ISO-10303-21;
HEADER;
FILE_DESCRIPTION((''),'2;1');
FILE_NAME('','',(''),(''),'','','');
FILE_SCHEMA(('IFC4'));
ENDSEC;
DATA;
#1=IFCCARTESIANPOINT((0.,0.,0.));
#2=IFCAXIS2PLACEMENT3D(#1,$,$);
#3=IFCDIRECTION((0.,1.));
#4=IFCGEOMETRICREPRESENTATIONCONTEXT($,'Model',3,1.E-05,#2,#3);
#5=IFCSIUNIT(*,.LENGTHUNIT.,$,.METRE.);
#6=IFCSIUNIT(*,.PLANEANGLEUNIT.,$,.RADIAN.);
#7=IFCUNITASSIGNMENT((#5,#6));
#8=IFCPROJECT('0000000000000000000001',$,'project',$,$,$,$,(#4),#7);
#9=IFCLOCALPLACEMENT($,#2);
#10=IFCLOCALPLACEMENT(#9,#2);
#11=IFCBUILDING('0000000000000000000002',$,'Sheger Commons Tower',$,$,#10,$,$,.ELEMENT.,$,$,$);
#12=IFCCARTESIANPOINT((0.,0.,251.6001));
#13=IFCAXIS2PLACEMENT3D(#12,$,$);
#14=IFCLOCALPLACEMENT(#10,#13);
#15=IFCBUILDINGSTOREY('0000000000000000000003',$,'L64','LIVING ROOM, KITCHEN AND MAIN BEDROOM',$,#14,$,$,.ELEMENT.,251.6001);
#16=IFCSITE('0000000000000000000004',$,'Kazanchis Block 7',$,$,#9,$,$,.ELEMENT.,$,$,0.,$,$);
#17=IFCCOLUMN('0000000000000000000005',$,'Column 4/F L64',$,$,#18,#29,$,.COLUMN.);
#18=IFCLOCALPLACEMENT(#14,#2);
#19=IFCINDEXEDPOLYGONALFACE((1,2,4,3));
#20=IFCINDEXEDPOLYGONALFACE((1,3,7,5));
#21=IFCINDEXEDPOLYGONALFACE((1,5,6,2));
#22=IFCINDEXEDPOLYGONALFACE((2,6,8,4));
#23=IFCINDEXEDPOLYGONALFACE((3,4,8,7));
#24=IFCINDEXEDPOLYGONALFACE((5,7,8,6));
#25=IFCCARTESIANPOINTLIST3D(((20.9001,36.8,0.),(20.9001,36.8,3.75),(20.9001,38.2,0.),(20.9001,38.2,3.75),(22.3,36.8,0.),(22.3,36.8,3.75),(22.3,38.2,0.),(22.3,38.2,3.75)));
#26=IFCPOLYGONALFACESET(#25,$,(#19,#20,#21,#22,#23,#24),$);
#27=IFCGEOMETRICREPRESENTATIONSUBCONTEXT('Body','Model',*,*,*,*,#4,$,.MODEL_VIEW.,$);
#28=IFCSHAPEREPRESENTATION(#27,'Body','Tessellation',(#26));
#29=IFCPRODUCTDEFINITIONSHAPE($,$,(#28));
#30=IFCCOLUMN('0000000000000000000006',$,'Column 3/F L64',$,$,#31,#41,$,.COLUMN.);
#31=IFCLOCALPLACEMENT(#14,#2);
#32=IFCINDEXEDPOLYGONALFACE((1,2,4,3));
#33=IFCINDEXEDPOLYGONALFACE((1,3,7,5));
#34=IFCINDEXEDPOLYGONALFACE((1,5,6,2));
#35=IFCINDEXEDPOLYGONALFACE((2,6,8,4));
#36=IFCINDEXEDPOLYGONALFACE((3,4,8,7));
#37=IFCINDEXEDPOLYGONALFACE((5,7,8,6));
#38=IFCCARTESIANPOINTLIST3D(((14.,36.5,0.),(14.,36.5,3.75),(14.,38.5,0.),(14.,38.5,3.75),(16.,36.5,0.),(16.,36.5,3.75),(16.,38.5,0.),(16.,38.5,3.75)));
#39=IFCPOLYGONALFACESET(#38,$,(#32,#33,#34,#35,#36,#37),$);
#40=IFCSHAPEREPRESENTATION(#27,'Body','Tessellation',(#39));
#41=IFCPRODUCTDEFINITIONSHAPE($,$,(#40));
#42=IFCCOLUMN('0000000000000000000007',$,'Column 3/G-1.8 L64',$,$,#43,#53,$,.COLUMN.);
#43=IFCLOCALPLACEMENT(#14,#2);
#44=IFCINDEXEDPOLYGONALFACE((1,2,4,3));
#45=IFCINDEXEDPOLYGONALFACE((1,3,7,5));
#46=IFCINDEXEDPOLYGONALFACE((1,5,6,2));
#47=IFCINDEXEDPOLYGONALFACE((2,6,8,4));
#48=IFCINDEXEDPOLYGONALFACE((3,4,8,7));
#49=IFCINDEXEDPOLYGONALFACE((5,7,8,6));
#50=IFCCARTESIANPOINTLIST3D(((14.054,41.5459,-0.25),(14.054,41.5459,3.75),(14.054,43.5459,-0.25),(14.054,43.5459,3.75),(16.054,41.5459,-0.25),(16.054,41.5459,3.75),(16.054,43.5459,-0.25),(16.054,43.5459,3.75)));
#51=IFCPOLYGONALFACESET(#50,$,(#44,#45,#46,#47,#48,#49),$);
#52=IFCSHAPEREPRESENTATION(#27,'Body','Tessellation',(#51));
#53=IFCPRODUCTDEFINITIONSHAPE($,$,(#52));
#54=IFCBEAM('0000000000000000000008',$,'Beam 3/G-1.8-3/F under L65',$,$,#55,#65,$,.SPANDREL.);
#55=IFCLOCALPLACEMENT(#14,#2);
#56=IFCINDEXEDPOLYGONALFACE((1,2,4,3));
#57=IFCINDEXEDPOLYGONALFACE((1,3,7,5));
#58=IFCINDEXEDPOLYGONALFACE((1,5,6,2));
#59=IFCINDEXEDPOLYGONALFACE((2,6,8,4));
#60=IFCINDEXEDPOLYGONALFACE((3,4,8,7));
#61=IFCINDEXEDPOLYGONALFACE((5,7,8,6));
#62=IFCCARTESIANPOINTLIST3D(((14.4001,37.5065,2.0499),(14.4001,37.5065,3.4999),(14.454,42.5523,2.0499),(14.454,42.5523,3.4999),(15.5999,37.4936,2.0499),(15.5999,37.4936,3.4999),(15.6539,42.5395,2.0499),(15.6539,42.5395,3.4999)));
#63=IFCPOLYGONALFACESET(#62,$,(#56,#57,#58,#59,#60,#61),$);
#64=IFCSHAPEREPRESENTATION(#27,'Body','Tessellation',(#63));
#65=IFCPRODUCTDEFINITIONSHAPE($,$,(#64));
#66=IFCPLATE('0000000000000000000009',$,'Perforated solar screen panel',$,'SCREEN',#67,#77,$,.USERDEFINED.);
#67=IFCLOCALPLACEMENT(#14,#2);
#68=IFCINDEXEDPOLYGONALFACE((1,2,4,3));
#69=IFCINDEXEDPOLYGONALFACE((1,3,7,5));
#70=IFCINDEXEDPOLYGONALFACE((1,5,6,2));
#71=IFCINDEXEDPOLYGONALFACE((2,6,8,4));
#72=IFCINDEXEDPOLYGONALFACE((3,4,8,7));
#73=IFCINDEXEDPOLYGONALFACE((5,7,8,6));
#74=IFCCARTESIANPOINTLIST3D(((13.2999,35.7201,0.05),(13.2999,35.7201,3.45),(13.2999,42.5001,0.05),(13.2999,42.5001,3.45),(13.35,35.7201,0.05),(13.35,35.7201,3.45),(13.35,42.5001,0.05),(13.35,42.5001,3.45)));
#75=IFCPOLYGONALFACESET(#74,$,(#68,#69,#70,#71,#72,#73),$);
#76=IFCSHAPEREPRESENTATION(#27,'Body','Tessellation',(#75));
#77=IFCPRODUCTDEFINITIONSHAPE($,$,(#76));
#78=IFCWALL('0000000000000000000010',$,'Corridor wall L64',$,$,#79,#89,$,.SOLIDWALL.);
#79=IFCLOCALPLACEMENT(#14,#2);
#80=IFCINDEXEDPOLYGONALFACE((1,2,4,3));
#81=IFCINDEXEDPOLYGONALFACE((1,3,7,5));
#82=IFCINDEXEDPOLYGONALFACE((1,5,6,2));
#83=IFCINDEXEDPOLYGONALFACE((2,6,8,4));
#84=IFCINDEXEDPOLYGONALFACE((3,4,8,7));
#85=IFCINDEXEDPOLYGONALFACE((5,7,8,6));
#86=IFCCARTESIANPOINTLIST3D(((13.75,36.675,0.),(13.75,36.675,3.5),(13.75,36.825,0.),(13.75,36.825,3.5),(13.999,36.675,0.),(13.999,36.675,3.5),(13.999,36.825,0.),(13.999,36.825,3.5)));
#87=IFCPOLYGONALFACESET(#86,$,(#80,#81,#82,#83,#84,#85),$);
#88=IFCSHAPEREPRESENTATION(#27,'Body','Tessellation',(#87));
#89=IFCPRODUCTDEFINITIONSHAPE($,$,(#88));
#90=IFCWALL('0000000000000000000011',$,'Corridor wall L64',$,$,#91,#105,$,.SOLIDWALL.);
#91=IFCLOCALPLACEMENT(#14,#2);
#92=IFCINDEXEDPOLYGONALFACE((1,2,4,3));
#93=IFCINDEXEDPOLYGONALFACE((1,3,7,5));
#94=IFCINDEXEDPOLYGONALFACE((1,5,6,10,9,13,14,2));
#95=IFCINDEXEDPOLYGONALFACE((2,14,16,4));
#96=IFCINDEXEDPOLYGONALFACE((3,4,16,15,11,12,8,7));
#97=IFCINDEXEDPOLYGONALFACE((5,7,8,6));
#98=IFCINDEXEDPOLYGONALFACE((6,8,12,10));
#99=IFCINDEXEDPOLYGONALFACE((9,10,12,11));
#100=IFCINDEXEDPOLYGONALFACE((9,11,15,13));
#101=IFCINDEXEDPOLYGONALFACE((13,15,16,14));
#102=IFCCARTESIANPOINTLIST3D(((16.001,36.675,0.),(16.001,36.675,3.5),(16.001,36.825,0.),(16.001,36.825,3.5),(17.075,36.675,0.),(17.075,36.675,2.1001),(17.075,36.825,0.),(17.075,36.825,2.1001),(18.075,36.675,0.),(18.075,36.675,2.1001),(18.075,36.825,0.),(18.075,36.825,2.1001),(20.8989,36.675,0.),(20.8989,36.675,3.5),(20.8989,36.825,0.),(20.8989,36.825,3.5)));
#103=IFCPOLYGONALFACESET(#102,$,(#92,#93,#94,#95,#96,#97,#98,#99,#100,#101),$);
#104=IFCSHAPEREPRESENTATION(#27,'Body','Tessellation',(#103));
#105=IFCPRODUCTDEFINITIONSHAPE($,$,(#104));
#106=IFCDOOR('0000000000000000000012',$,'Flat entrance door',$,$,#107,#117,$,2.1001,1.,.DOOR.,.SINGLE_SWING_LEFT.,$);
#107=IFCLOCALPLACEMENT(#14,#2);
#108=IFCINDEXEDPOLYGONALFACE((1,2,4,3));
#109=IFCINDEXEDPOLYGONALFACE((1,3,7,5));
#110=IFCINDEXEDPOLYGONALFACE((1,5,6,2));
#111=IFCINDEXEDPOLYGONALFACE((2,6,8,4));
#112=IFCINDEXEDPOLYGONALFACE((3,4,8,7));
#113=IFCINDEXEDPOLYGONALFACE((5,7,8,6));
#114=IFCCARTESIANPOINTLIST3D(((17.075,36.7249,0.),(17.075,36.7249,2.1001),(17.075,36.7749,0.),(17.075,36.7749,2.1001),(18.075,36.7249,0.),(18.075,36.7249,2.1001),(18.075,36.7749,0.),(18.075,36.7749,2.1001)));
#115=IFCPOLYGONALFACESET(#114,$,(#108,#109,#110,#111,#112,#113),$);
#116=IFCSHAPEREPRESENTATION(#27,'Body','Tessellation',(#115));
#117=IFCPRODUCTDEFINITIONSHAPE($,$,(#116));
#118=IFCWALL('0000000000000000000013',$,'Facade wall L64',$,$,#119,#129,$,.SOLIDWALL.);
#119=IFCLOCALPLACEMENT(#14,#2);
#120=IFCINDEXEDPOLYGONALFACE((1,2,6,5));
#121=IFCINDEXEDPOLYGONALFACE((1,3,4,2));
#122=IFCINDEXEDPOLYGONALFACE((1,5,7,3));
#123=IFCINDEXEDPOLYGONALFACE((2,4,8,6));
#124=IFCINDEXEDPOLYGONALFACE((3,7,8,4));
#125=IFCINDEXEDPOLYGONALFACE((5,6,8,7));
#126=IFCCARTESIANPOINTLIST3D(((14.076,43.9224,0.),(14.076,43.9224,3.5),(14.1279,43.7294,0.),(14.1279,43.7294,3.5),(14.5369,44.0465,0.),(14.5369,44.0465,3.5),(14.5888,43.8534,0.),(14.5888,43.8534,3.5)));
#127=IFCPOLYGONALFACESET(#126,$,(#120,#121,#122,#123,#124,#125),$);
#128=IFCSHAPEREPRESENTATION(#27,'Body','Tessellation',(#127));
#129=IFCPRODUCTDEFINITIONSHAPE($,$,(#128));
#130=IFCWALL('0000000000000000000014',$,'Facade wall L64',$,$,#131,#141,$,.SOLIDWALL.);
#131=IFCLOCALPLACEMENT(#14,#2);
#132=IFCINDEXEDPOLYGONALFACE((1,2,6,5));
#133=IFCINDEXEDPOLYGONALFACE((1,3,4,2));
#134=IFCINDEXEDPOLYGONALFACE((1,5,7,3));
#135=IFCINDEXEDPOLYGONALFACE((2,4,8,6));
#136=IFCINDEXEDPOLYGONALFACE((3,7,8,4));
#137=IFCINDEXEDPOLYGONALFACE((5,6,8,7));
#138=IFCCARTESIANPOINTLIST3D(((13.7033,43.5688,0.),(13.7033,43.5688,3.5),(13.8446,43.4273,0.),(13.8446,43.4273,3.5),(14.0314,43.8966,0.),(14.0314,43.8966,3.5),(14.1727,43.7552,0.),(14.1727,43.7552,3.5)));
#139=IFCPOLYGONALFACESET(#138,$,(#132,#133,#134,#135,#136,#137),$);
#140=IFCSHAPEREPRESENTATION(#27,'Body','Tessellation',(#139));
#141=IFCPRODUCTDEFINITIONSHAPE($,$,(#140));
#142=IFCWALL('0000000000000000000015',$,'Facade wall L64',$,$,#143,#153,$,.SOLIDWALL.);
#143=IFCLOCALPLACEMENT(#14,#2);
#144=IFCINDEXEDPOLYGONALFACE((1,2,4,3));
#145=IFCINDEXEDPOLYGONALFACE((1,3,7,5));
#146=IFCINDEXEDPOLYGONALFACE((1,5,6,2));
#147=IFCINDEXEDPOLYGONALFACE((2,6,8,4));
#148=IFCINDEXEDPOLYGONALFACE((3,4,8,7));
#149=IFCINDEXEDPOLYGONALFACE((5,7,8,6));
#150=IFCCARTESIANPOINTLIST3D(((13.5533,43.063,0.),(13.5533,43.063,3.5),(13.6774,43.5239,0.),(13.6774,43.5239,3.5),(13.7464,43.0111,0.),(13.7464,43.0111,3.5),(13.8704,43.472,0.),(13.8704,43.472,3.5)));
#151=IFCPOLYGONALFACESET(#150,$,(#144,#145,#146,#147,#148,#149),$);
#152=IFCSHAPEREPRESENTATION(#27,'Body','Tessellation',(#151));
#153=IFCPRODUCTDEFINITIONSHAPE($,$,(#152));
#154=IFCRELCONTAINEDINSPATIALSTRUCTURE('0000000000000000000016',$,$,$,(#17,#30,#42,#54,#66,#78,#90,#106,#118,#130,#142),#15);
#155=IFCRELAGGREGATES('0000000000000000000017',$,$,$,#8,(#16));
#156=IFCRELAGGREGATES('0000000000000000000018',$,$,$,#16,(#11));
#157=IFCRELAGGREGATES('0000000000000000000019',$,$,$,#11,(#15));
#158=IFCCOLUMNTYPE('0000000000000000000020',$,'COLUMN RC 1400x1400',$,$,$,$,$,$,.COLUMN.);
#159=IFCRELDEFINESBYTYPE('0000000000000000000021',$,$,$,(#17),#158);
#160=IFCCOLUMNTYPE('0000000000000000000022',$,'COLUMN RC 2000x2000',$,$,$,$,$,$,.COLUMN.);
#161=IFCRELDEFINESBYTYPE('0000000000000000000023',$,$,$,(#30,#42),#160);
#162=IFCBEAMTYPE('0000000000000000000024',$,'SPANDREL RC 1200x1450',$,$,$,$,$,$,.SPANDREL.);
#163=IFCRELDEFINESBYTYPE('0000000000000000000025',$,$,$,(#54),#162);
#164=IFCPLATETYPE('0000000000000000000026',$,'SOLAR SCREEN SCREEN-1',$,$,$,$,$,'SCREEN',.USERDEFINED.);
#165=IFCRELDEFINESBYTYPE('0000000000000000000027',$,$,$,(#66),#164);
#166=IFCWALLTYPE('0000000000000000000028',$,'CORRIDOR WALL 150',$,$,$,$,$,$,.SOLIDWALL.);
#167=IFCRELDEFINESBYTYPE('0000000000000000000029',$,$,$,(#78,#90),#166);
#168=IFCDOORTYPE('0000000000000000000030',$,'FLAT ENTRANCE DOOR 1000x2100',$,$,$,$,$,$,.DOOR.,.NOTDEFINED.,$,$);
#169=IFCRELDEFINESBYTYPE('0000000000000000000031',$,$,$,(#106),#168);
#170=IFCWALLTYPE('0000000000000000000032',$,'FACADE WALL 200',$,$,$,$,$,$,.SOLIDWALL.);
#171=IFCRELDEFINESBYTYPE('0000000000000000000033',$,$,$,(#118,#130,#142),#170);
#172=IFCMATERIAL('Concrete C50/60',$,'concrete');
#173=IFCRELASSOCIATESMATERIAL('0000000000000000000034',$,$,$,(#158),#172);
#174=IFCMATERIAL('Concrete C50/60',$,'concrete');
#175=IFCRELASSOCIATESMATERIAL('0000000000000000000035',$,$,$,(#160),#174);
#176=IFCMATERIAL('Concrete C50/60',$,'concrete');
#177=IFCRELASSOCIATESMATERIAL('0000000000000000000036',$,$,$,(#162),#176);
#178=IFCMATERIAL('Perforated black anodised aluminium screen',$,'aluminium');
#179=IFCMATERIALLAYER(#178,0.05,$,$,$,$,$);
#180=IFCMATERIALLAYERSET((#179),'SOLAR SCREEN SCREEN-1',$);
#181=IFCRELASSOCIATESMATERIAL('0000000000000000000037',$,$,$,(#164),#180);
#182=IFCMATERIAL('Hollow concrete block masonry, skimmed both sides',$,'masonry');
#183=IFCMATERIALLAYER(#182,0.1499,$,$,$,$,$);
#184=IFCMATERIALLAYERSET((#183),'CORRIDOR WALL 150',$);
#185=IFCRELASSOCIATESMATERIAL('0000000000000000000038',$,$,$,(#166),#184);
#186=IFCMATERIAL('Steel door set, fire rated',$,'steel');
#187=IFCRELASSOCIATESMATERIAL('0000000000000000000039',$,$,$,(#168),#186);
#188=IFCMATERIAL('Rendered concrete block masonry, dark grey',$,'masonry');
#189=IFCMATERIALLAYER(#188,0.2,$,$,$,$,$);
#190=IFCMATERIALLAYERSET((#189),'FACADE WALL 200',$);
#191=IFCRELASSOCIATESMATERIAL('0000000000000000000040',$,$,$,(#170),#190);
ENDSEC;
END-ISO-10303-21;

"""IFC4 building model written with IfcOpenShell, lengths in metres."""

from ifc_helpers import new_model, si_unit, direction, frame, frame_2d, origin, origin_2d, place, context, subcontext, project, spatial, rectangle, extrude, material, layer, layer_set, material_profile, profile_set, type_object, element, fill, save


model = new_model("IFC4")

# Units and contexts
model_context = context("Model", 3, precision=1e-05, world=origin(), true_north=direction((0.0, 1.0)))
body_context = subcontext(model_context, "Body", "Model", "MODEL_VIEW")
ifc_project = project(units=[si_unit("LENGTHUNIT", "METRE"), si_unit("PLANEANGLEUNIT", "RADIAN")], contexts=[model_context])

# Site, building, storey
site_placement = place(None, origin())
site = spatial("IfcSite", under=ifc_project, at=site_placement, Name="Kazanchis Block 7", CompositionType="ELEMENT", RefElevation=0.0)
building_placement = place(site_placement, origin())
building = spatial("IfcBuilding", under=site, at=building_placement, Name="Sheger Commons Tower", CompositionType="ELEMENT")
storey_placement = place(building_placement, frame((0.0, 0.0, 251.6001)))
storey = spatial("IfcBuildingStorey", under=building, at=storey_placement, Name="L64", Description="LIVING ROOM, KITCHEN AND MAIN BEDROOM", CompositionType="ELEMENT", Elevation=251.6001)

# Columns
ifc_material_1 = material(Name="Concrete C50/60", Category="concrete")
ifc_material_profile_1 = material_profile(ifc_material_1, rectangle(XDim=1.3999, YDim=1.3999, at=origin_2d()), Name="RC 1400x1400")
ifc_profile_set_1 = profile_set([ifc_material_profile_1], Name="Concrete C50/60")
column_type_1 = type_object("IfcColumnType", Name="COLUMN RC 1400x1400", PredefinedType="COLUMN", material=ifc_profile_set_1)
column_1_placement = place(storey_placement, frame((21.6001, 37.5, 0.0), z_axis=(0.0, 0.0, 1.0), x_axis=(1.0, 0.0, 0.0)))
element("IfcColumn", 1, at=column_1_placement, inside=storey, type_object=column_type_1, Name="Column 4/F L64", PredefinedType="COLUMN", context=body_context, shape_type="SweptSolid", body=[
    extrude(rectangle(XDim=1.3999, YDim=1.3999, at=origin_2d()), origin(), (0.0, 0.0, 1.0), 3.75),
])
ifc_material_2 = material(Name="Concrete C50/60", Category="concrete")
ifc_material_profile_2 = material_profile(ifc_material_2, rectangle(XDim=2.0, YDim=2.0, at=origin_2d()), Name="RC 2000x2000")
ifc_profile_set_2 = profile_set([ifc_material_profile_2], Name="Concrete C50/60")
column_type_2 = type_object("IfcColumnType", Name="COLUMN RC 2000x2000", PredefinedType="COLUMN", material=ifc_profile_set_2)
column_2_placement = place(storey_placement, frame((15.0, 37.5, 0.0), z_axis=(0.0, 0.0, 1.0), x_axis=(1.0, 0.0, 0.0)))
element("IfcColumn", 2, at=column_2_placement, inside=storey, type_object=column_type_2, Name="Column 3/F L64", PredefinedType="COLUMN", context=body_context, shape_type="SweptSolid", body=[
    extrude(rectangle(XDim=2.0, YDim=2.0, at=origin_2d()), origin(), (0.0, 0.0, 1.0), 3.75),
])
column_3_placement = place(storey_placement, frame((15.054, 42.5459, -0.25), z_axis=(0.0, 0.0, 1.0), x_axis=(1.0, 0.0, 0.0)))
element("IfcColumn", 3, at=column_3_placement, inside=storey, type_object=column_type_2, Name="Column 3/G-1.8 L64", PredefinedType="COLUMN", context=body_context, shape_type="SweptSolid", body=[
    extrude(rectangle(XDim=2.0, YDim=2.0, at=origin_2d()), origin(), (0.0, 0.0, 1.0), 4.0),
])

# Beam
ifc_material_3 = material(Name="Concrete C50/60", Category="concrete")
ifc_material_profile_3 = material_profile(ifc_material_3, rectangle(XDim=1.2, YDim=1.45, at=origin_2d()), Name="RC 1200x1450")
ifc_profile_set_3 = profile_set([ifc_material_profile_3], Name="Concrete C50/60")
beam_type = type_object("IfcBeamType", Name="SPANDREL RC 1200x1450", PredefinedType="SPANDREL", material=ifc_profile_set_3)
beam_placement = place(storey_placement, frame((15.054, 42.5459, 2.7749), z_axis=(-0.010692, -0.999943, 0.0), x_axis=(0.999943, -0.010692, 0.0)))
element("IfcBeam", 4, at=beam_placement, inside=storey, type_object=beam_type, Name="Beam 3/G-1.8-3/F under L65", PredefinedType="SPANDREL", context=body_context, shape_type="SweptSolid", body=[
    extrude(rectangle(XDim=1.2, YDim=1.45, at=origin_2d()), origin(), (0.0, 0.0, 1.0), 5.0461),
])

# Plate
ifc_material_4 = material(Name="Perforated black anodised aluminium screen", Category="aluminium")
ifc_layer_1 = layer(ifc_material_4, 0.05)
ifc_layer_set_1 = layer_set([ifc_layer_1], Name="SOLAR SCREEN SCREEN-1")
plate_type = type_object("IfcPlateType", Name="SOLAR SCREEN SCREEN-1", ElementType="SCREEN", PredefinedType="USERDEFINED", material=ifc_layer_set_1)
plate_placement = place(storey_placement, frame((13.325, 39.1101, 0.05), z_axis=(0.0, 0.0, 1.0), x_axis=(0.0, -1.0, 0.0)))
element("IfcPlate", 5, at=plate_placement, inside=storey, type_object=plate_type, Name="Perforated solar screen panel", ObjectType="SCREEN", PredefinedType="USERDEFINED", context=body_context, shape_type="SweptSolid", body=[
    extrude(rectangle(XDim=6.78, YDim=0.05, at=origin_2d()), origin(), (0.0, 0.0, 1.0), 3.3999),
])

# Wall
ifc_material_5 = material(Name="Hollow concrete block masonry, skimmed both sides", Category="masonry")
ifc_layer_2 = layer(ifc_material_5, 0.1499)
ifc_layer_set_2 = layer_set([ifc_layer_2], Name="CORRIDOR WALL 150")
wall_type_1 = type_object("IfcWallType", Name="CORRIDOR WALL 150", PredefinedType="SOLIDWALL", material=ifc_layer_set_2)
wall_1_placement = place(storey_placement, frame((13.75, 36.75, 0.0), z_axis=(0.0, 0.0, 1.0), x_axis=(1.0, 0.0, 0.0)))
element("IfcWall", 6, at=wall_1_placement, inside=storey, type_object=wall_type_1, Name="Corridor wall L64", PredefinedType="SOLIDWALL", context=body_context, shape_type="SweptSolid", body=[
    extrude(rectangle(XDim=0.249, YDim=0.1499, at=frame_2d((0.1245, 0.0))), origin(), (0.0, 0.0, 1.0), 3.5),
])

# Wall, opening, door
wall_2_placement = place(storey_placement, frame((16.001, 36.75, 0.0), z_axis=(0.0, 0.0, 1.0), x_axis=(1.0, 0.0, 0.0)))
wall_2 = element("IfcWall", 7, at=wall_2_placement, inside=storey, type_object=wall_type_1, Name="Corridor wall L64", PredefinedType="SOLIDWALL", context=body_context, shape_type="SweptSolid", body=[
    extrude(rectangle(XDim=4.8979, YDim=0.1499, at=frame_2d((2.449, 0.0))), origin(), (0.0, 0.0, 1.0), 3.5),
])
opening_1_placement = place(wall_2_placement, frame((1.074, 0.0, 0.0)))
opening_1 = element("IfcOpeningElement", 8, at=opening_1_placement, cuts=wall_2, PredefinedType="OPENING", context=body_context, shape_type="SweptSolid", body=[
    extrude(rectangle(XDim=1.0, YDim=2.1001, at=frame_2d((0.5, 1.05))), frame((0.0, 0.085, 0.0), z_axis=(0.0, -1.0, 0.0), x_axis=(1.0, 0.0, 0.0)), (0.0, 0.0, 1.0), 0.1699),
])
ifc_material_6 = material(Name="Steel door set, fire rated", Category="steel")
door_type_1 = type_object("IfcDoorType", Name="FLAT ENTRANCE DOOR 1000x2100", OperationType="NOTDEFINED", PredefinedType="DOOR", material=ifc_material_6)
door_1_placement = place(opening_1_placement, origin())
door_1 = element("IfcDoor", 9, at=door_1_placement, inside=storey, type_object=door_type_1, Name="Flat entrance door", OperationType="SINGLE_SWING_LEFT", OverallHeight=2.1001, OverallWidth=1.0, PredefinedType="DOOR", context=body_context, shape_type="SweptSolid", body=[
    extrude(rectangle(XDim=1.0, YDim=2.1001, at=frame_2d((0.5, 1.05))), frame((0.0, 0.0249, 0.0), z_axis=(0.0, -1.0, 0.0), x_axis=(1.0, 0.0, 0.0)), (0.0, 0.0, 1.0), 0.05),
])
fill(opening_1, door_1)

# Walls
ifc_material_7 = material(Name="Rendered concrete block masonry, dark grey", Category="masonry")
ifc_layer_3 = layer(ifc_material_7, 0.2)
ifc_layer_set_3 = layer_set([ifc_layer_3], Name="FACADE WALL 200")
wall_type_2 = type_object("IfcWallType", Name="FACADE WALL 200", PredefinedType="SOLIDWALL", material=ifc_layer_set_3)
wall_3_placement = place(storey_placement, frame((14.563, 43.95, 0.0), z_axis=(0.0, 0.0, 1.0), x_axis=(-0.965655, -0.259827, 0.0)))
element("IfcWall", 10, at=wall_3_placement, inside=storey, type_object=wall_type_2, Name="Facade wall L64", PredefinedType="SOLIDWALL", context=body_context, shape_type="SweptSolid", body=[
    extrude(rectangle(XDim=0.4773, YDim=0.2, at=frame_2d((0.2388, 0.0))), origin(), (0.0, 0.0, 1.0), 3.5),
])
wall_4_placement = place(storey_placement, frame((14.1021, 43.8259, 0.0), z_axis=(0.0, 0.0, 1.0), x_axis=(-0.70737, -0.706844, 0.0)))
element("IfcWall", 11, at=wall_4_placement, inside=storey, type_object=wall_type_2, Name="Facade wall L64", PredefinedType="SOLIDWALL", context=body_context, shape_type="SweptSolid", body=[
    extrude(rectangle(XDim=0.4639, YDim=0.2, at=frame_2d((0.2319, 0.0))), origin(), (0.0, 0.0, 1.0), 3.5),
])
wall_5_placement = place(storey_placement, frame((13.7739, 43.498, 0.0), z_axis=(0.0, 0.0, 1.0), x_axis=(-0.259827, -0.965655, 0.0)))
element("IfcWall", 12, at=wall_5_placement, inside=storey, type_object=wall_type_2, Name="Facade wall L64", PredefinedType="SOLIDWALL", context=body_context, shape_type="SweptSolid", body=[
    extrude(rectangle(XDim=0.4773, YDim=0.2, at=frame_2d((0.2388, 0.0))), origin(), (0.0, 0.0, 1.0), 3.5),
])

save(model, "model.ifc")
